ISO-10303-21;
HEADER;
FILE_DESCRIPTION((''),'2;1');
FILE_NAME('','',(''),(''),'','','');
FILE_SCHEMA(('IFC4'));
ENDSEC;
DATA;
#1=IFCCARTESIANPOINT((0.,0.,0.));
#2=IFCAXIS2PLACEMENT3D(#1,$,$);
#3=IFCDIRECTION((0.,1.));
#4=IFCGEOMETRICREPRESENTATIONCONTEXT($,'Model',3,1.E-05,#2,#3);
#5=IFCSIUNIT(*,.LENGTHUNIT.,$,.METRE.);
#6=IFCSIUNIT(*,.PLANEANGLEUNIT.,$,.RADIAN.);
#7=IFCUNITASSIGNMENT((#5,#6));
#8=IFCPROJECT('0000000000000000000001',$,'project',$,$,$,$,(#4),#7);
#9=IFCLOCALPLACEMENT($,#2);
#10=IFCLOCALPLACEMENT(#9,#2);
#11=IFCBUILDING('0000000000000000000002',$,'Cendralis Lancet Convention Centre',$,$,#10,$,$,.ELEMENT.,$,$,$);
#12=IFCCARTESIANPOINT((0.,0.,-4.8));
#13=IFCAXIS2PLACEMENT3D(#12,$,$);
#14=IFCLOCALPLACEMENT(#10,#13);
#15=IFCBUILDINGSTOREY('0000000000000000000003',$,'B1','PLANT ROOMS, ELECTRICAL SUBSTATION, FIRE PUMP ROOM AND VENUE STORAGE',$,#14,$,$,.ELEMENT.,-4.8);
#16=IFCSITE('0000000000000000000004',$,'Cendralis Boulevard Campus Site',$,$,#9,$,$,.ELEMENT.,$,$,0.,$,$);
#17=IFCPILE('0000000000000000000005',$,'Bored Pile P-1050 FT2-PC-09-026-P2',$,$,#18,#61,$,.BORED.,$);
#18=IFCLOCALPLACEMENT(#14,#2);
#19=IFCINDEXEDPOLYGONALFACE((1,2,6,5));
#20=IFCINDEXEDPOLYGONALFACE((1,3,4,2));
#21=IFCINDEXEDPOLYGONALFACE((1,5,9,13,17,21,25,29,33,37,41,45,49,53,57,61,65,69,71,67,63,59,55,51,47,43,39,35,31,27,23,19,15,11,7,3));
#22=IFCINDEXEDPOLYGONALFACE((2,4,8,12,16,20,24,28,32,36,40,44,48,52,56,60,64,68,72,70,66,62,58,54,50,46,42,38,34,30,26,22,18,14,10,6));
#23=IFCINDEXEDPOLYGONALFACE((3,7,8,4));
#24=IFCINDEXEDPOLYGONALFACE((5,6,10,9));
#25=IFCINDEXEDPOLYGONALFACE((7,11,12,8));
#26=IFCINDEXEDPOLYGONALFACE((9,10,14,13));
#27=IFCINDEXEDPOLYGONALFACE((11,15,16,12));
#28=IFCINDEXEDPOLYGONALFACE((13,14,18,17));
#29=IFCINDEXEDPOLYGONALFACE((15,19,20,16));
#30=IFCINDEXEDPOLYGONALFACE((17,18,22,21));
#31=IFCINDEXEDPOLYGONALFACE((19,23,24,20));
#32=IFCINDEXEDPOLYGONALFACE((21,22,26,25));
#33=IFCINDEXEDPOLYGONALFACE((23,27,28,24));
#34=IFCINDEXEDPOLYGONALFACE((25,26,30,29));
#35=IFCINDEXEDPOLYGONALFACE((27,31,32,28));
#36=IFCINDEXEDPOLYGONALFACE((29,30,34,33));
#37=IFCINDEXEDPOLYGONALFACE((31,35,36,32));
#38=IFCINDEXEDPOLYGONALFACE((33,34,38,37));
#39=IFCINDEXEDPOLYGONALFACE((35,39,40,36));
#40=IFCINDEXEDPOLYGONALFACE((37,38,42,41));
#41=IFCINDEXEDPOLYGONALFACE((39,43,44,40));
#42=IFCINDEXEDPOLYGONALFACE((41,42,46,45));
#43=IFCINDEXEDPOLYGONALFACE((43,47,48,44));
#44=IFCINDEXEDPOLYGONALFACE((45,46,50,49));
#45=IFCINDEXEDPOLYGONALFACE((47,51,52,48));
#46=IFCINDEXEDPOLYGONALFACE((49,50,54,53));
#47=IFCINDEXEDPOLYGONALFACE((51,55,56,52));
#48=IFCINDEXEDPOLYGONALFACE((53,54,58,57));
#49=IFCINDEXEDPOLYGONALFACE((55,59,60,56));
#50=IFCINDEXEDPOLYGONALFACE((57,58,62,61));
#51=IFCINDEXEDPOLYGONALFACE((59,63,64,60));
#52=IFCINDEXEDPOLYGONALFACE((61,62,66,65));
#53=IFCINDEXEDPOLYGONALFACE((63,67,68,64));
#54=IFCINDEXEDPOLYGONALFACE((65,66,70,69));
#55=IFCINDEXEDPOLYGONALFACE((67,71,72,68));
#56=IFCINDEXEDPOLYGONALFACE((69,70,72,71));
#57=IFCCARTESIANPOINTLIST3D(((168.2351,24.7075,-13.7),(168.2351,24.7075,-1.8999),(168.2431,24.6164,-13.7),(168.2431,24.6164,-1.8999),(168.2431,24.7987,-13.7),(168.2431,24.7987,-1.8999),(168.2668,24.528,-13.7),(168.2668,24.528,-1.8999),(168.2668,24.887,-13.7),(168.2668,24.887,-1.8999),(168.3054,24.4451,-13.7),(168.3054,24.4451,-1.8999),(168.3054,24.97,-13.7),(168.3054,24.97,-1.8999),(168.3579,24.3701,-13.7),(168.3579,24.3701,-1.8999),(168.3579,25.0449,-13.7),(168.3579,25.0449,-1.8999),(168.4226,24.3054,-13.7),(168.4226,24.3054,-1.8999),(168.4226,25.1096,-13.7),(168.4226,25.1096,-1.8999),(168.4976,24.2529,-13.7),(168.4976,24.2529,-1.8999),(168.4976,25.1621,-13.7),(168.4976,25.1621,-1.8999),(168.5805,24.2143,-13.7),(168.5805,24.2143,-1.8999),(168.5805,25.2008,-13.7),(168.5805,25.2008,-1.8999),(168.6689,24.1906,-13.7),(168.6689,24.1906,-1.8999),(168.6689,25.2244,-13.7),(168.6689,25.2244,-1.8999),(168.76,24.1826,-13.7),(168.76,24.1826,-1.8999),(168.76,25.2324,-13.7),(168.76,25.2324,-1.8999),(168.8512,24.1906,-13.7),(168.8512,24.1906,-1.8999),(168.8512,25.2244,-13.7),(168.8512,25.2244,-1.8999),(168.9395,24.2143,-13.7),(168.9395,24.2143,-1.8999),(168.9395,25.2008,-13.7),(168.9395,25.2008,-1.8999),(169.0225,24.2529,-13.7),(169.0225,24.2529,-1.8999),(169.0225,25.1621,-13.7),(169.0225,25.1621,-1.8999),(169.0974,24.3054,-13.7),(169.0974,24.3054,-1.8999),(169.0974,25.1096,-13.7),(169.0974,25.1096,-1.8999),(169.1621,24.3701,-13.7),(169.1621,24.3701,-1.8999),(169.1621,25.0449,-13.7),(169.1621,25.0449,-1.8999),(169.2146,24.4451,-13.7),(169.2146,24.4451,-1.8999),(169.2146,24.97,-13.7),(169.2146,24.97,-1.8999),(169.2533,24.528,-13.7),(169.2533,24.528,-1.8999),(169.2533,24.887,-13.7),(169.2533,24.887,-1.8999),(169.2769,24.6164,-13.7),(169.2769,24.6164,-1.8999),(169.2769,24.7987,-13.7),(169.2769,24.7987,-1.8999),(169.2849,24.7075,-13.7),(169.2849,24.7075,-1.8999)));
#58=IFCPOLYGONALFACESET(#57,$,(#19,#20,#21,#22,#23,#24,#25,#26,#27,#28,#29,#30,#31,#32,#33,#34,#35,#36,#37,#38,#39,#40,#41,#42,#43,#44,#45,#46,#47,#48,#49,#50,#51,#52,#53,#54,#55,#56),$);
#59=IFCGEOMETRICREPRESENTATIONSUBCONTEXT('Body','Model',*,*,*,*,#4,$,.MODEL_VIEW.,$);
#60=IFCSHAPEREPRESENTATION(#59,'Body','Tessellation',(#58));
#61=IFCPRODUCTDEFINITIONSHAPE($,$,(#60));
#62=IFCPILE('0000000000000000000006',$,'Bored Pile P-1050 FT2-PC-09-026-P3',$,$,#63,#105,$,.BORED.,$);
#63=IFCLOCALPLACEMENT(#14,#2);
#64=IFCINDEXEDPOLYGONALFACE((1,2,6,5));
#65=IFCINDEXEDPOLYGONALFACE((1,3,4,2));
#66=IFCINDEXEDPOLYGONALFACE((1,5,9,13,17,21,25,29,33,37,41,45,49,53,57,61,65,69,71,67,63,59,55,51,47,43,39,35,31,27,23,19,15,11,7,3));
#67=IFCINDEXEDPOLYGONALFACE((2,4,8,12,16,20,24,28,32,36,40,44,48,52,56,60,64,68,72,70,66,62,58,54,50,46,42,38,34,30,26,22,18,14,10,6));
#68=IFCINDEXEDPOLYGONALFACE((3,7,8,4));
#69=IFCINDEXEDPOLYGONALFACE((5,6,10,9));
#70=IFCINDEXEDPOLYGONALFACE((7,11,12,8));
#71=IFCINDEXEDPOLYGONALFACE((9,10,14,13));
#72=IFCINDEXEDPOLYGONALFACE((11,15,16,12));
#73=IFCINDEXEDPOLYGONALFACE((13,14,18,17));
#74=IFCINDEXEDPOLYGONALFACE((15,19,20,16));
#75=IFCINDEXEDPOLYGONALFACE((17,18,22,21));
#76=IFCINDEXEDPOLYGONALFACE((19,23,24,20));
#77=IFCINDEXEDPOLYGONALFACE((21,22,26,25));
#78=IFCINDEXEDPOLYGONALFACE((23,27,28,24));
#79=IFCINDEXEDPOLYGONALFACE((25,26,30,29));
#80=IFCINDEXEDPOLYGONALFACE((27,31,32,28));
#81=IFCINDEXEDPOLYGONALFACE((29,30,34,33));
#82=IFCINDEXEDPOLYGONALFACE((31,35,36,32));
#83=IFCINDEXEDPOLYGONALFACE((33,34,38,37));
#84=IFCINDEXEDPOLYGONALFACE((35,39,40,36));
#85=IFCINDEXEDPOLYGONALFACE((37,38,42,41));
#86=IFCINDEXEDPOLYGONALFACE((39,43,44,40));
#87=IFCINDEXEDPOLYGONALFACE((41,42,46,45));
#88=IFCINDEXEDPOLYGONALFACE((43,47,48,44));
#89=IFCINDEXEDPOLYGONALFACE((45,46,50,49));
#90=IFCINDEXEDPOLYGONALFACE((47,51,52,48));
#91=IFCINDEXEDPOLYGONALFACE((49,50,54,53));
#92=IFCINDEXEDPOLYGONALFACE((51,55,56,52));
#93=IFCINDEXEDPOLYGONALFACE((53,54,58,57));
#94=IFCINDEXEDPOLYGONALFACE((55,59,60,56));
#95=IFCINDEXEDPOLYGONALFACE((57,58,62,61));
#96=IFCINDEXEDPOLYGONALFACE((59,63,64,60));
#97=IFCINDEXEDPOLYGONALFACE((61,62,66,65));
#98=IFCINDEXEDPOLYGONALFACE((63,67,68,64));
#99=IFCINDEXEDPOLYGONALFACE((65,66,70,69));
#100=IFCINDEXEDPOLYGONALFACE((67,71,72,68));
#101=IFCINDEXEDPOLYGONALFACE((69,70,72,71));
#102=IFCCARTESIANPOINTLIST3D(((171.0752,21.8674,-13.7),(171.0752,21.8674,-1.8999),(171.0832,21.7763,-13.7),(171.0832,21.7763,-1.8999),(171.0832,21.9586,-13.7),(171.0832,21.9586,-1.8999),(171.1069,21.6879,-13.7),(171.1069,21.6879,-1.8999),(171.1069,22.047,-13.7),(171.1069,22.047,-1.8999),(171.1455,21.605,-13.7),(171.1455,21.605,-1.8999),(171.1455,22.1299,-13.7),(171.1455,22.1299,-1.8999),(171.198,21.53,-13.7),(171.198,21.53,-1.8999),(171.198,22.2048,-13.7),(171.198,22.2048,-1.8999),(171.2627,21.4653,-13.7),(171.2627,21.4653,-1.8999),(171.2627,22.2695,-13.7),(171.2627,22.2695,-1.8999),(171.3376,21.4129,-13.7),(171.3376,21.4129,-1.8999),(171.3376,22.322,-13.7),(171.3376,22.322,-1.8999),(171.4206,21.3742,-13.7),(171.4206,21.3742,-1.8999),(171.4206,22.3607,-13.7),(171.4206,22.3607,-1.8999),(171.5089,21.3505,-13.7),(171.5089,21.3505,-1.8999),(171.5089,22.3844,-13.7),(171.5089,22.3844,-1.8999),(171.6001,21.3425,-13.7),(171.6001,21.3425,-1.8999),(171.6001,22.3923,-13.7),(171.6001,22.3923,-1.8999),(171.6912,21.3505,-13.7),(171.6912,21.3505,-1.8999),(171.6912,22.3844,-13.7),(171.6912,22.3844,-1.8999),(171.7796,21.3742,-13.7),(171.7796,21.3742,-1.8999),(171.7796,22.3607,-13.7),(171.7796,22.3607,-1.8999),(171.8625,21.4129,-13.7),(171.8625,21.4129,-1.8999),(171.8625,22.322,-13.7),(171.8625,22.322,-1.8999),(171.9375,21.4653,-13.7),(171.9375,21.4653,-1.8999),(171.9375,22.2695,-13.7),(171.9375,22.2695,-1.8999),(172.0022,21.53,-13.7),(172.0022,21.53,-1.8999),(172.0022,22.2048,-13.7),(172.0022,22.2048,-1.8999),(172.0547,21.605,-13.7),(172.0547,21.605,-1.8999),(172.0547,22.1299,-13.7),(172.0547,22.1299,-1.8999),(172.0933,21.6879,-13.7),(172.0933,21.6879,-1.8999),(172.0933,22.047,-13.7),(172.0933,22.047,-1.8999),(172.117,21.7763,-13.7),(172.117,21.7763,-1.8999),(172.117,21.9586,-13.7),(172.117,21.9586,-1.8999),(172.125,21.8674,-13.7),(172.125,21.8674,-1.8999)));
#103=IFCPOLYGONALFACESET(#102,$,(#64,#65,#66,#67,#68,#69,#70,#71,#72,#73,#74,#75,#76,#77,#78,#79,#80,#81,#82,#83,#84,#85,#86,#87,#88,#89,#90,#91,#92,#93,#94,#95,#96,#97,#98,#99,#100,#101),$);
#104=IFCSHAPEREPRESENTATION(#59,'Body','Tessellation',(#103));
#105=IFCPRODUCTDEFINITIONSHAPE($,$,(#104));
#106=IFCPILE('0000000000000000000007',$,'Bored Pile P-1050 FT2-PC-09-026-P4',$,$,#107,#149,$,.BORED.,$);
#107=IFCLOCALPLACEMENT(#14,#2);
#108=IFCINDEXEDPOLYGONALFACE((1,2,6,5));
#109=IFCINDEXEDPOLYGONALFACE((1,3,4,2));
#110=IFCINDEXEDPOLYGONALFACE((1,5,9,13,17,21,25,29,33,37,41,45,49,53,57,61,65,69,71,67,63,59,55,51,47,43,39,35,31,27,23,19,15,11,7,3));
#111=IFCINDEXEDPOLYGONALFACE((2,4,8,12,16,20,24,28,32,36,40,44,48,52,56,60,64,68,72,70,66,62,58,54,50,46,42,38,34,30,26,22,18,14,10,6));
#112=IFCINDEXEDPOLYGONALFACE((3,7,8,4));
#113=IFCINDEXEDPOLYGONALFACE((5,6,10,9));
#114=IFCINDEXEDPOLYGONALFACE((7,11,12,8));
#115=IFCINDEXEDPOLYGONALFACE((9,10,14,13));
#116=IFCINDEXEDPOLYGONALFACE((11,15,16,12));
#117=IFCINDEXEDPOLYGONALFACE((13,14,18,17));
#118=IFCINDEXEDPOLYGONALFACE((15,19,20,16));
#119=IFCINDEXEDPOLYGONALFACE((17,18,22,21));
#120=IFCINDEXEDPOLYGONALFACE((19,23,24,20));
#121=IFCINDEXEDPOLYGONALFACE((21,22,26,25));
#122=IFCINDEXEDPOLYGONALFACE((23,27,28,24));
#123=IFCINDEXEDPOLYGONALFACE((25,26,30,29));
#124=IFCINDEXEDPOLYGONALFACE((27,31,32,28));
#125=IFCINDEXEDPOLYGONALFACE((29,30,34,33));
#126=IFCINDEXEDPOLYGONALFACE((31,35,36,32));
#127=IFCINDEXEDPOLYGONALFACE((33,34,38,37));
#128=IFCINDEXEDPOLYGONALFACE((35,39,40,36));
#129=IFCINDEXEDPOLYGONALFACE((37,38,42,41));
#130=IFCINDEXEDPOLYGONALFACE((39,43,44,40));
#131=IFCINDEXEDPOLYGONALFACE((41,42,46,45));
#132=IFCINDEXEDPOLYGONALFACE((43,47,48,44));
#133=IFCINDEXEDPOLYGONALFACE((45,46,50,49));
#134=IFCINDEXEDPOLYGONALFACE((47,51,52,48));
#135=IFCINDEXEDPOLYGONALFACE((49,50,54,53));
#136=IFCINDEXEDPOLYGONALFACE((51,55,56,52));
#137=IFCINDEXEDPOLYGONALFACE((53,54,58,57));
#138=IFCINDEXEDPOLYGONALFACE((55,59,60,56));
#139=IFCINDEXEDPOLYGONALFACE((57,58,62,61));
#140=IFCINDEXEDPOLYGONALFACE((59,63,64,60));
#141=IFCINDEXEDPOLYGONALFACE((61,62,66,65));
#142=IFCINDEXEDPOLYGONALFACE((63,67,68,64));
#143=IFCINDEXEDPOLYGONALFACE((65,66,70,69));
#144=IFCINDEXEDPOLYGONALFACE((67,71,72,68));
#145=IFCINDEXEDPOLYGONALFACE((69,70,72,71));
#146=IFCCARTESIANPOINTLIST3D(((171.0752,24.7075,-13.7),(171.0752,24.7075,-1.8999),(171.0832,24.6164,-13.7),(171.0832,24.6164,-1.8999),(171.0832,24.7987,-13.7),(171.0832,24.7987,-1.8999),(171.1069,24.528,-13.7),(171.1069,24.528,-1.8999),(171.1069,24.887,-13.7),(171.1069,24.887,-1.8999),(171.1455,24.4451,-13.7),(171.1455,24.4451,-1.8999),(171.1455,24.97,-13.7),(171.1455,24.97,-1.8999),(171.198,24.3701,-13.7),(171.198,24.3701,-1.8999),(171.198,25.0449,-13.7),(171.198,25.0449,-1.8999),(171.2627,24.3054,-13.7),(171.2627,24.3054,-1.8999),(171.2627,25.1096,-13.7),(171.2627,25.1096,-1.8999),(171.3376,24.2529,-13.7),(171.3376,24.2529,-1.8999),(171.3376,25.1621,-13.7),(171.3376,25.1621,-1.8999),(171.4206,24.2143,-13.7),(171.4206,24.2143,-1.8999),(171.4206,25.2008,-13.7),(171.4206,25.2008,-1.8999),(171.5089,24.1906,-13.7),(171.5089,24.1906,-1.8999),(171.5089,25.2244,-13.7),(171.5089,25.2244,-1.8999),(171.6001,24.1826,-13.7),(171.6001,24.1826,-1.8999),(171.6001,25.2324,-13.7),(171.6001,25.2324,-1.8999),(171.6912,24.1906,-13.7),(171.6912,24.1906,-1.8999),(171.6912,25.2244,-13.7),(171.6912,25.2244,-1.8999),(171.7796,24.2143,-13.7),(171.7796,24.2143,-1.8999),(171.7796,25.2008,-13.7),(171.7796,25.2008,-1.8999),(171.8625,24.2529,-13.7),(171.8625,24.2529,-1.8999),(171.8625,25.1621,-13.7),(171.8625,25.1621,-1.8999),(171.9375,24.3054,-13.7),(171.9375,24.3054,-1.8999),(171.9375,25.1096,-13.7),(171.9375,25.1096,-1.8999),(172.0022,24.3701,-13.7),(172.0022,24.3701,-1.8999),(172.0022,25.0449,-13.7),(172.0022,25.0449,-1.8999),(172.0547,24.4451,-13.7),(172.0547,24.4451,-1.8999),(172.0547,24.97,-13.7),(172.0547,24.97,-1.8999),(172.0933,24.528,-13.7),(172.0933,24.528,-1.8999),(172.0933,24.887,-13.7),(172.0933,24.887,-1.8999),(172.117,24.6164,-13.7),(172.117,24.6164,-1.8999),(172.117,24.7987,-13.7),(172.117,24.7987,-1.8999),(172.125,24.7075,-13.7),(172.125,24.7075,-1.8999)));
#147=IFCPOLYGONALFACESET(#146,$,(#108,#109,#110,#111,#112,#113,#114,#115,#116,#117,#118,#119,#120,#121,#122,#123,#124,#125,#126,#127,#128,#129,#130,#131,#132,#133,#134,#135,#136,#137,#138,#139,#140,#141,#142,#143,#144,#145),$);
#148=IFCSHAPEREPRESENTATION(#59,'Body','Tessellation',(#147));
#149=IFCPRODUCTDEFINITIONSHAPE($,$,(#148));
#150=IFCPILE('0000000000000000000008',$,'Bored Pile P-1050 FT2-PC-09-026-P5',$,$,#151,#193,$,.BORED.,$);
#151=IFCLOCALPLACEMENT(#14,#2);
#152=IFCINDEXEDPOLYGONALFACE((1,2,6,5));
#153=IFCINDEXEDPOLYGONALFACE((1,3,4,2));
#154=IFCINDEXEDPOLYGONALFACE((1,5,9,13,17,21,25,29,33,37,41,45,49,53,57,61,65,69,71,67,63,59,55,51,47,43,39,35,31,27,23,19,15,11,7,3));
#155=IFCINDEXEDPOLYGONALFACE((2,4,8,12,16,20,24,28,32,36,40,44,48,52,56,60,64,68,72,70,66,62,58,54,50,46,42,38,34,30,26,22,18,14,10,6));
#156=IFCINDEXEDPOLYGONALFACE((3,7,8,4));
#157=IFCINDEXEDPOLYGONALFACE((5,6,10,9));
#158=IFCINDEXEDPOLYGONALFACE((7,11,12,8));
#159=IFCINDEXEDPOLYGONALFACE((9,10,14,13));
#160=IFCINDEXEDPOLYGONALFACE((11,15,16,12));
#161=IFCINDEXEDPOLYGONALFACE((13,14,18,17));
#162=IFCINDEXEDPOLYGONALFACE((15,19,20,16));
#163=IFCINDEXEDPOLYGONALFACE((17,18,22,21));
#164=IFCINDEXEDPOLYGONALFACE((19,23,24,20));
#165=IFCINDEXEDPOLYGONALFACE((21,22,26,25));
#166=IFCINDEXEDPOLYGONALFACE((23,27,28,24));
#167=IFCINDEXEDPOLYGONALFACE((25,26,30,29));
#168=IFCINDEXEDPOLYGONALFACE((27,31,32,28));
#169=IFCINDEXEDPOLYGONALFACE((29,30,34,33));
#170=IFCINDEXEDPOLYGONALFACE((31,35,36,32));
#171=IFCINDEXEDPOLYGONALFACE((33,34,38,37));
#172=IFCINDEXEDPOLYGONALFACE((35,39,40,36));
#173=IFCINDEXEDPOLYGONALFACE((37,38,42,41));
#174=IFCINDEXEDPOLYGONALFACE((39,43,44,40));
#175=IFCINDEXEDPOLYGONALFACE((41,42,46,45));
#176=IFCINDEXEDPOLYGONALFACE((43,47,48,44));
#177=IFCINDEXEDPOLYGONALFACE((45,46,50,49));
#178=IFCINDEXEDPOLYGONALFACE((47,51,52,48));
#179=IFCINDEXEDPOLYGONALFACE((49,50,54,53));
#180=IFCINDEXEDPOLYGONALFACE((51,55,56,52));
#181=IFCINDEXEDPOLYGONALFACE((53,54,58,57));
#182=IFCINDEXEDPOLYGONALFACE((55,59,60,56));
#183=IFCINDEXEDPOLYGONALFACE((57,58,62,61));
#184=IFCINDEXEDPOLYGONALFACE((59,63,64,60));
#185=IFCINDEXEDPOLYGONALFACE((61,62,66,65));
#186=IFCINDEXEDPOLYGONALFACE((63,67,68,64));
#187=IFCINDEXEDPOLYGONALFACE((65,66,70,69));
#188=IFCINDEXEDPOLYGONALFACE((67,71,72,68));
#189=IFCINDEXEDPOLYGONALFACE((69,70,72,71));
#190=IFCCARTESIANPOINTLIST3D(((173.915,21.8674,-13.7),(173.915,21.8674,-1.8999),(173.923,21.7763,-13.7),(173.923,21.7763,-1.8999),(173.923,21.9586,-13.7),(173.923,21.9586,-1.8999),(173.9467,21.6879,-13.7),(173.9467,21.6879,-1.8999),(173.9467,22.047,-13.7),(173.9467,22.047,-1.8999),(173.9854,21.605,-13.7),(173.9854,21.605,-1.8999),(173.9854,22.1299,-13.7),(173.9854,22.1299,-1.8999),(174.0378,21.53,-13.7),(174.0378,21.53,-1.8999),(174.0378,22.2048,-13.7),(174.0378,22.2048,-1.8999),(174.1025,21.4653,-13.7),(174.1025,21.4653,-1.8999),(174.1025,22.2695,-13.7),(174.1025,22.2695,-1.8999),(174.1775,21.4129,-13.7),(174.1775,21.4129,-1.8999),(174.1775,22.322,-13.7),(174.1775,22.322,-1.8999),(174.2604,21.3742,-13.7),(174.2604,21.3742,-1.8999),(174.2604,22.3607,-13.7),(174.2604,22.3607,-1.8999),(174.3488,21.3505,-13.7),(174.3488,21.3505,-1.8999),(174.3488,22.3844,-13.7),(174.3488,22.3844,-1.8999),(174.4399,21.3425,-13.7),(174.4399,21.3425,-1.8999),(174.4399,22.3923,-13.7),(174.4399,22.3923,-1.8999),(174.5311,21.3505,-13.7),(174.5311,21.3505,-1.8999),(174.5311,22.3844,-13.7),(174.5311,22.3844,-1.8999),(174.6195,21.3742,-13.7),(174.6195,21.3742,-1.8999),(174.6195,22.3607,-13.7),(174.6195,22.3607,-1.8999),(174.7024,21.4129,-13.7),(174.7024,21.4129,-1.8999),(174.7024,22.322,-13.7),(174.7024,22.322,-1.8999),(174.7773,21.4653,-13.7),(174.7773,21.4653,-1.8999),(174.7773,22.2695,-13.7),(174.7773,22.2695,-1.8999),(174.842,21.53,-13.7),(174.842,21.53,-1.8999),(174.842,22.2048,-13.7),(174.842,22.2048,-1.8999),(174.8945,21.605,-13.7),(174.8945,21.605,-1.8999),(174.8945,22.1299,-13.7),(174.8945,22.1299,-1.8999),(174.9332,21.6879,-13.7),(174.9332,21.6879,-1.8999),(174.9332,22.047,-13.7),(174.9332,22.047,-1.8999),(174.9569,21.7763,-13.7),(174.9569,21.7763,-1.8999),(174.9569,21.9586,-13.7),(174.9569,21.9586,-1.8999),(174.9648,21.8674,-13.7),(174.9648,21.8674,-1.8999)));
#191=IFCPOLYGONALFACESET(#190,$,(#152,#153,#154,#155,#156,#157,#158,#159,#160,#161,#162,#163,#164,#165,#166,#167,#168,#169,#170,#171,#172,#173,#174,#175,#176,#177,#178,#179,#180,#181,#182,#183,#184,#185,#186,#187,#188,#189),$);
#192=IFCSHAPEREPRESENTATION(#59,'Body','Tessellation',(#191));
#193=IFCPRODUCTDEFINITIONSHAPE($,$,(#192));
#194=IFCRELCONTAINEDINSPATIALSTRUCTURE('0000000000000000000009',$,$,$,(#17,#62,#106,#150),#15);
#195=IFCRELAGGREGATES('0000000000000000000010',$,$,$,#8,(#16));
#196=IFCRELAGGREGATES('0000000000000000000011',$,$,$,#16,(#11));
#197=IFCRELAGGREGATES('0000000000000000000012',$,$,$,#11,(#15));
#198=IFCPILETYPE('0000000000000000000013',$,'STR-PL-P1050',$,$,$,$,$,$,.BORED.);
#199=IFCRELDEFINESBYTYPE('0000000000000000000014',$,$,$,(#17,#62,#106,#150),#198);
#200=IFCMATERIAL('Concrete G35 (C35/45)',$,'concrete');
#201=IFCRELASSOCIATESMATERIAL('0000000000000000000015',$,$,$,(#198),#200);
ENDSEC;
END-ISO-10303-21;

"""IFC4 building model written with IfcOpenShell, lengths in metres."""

from ifc_helpers import new_model, si_unit, direction, frame, origin, origin_2d, place, context, subcontext, project, spatial, circle, extrude, material, material_profile, profile_set, type_object, element, save


model = new_model("IFC4")

# Units and contexts
model_context = context("Model", 3, precision=1e-05, world=origin(), true_north=direction((0.0, 1.0)))
body_context = subcontext(model_context, "Body", "Model", "MODEL_VIEW")
ifc_project = project(units=[si_unit("LENGTHUNIT", "METRE"), si_unit("PLANEANGLEUNIT", "RADIAN")], contexts=[model_context])

# Site, building, storey
site_placement = place(None, origin())
site = spatial("IfcSite", under=ifc_project, at=site_placement, Name="Cendralis Boulevard Campus Site", CompositionType="ELEMENT", RefElevation=0.0)
building_placement = place(site_placement, origin())
building = spatial("IfcBuilding", under=site, at=building_placement, Name="Cendralis Lancet Convention Centre", CompositionType="ELEMENT")
storey_placement = place(building_placement, frame((0.0, 0.0, -4.8)))
storey = spatial("IfcBuildingStorey", under=building, at=storey_placement, Name="B1", Description="PLANT ROOMS, ELECTRICAL SUBSTATION, FIRE PUMP ROOM AND VENUE STORAGE", CompositionType="ELEMENT", Elevation=-4.8)

# Shared definitions
ifc_material_1 = material(Name="Concrete G35 (C35/45)", Category="concrete")

# Piles
ifc_material_profile_1 = material_profile(ifc_material_1, circle(Radius=0.5249, at=origin_2d()), Name="BORED PILE D1050")
ifc_profile_set_1 = profile_set([ifc_material_profile_1], Name="Concrete G35 (C35/45)")
pile_type = type_object("IfcPileType", Name="STR-PL-P1050", PredefinedType="BORED", material=ifc_profile_set_1)
for number, where, z_axis, x_axis, name in (
    (1, (168.76, 24.7075, -1.8999), (0.0, 0.0, -1.0), (1.0, 0.0, 0.0), "Bored Pile P-1050 FT2-PC-09-026-P2"),
    (2, (171.6001, 21.8674, -1.8999), (0.0, 0.0, -1.0), (1.0, 0.0, 0.0), "Bored Pile P-1050 FT2-PC-09-026-P3"),
    (3, (171.6001, 24.7075, -1.8999), (0.0, 0.0, -1.0), (1.0, 0.0, 0.0), "Bored Pile P-1050 FT2-PC-09-026-P4"),
    (4, (174.4399, 21.8674, -1.8999), (0.0, 0.0, -1.0), (1.0, 0.0, 0.0), "Bored Pile P-1050 FT2-PC-09-026-P5"),
):
    element("IfcPile", number, at=place(storey_placement, frame(where, z_axis=z_axis, x_axis=x_axis)), inside=storey, type_object=pile_type, Name=name, PredefinedType="BORED", context=body_context, shape_type="SweptSolid", body=[
        extrude(circle(Radius=0.5249, at=origin_2d()), origin(), (0.0, 0.0, 1.0), 11.8),
    ])

save(model, "model.ifc")
